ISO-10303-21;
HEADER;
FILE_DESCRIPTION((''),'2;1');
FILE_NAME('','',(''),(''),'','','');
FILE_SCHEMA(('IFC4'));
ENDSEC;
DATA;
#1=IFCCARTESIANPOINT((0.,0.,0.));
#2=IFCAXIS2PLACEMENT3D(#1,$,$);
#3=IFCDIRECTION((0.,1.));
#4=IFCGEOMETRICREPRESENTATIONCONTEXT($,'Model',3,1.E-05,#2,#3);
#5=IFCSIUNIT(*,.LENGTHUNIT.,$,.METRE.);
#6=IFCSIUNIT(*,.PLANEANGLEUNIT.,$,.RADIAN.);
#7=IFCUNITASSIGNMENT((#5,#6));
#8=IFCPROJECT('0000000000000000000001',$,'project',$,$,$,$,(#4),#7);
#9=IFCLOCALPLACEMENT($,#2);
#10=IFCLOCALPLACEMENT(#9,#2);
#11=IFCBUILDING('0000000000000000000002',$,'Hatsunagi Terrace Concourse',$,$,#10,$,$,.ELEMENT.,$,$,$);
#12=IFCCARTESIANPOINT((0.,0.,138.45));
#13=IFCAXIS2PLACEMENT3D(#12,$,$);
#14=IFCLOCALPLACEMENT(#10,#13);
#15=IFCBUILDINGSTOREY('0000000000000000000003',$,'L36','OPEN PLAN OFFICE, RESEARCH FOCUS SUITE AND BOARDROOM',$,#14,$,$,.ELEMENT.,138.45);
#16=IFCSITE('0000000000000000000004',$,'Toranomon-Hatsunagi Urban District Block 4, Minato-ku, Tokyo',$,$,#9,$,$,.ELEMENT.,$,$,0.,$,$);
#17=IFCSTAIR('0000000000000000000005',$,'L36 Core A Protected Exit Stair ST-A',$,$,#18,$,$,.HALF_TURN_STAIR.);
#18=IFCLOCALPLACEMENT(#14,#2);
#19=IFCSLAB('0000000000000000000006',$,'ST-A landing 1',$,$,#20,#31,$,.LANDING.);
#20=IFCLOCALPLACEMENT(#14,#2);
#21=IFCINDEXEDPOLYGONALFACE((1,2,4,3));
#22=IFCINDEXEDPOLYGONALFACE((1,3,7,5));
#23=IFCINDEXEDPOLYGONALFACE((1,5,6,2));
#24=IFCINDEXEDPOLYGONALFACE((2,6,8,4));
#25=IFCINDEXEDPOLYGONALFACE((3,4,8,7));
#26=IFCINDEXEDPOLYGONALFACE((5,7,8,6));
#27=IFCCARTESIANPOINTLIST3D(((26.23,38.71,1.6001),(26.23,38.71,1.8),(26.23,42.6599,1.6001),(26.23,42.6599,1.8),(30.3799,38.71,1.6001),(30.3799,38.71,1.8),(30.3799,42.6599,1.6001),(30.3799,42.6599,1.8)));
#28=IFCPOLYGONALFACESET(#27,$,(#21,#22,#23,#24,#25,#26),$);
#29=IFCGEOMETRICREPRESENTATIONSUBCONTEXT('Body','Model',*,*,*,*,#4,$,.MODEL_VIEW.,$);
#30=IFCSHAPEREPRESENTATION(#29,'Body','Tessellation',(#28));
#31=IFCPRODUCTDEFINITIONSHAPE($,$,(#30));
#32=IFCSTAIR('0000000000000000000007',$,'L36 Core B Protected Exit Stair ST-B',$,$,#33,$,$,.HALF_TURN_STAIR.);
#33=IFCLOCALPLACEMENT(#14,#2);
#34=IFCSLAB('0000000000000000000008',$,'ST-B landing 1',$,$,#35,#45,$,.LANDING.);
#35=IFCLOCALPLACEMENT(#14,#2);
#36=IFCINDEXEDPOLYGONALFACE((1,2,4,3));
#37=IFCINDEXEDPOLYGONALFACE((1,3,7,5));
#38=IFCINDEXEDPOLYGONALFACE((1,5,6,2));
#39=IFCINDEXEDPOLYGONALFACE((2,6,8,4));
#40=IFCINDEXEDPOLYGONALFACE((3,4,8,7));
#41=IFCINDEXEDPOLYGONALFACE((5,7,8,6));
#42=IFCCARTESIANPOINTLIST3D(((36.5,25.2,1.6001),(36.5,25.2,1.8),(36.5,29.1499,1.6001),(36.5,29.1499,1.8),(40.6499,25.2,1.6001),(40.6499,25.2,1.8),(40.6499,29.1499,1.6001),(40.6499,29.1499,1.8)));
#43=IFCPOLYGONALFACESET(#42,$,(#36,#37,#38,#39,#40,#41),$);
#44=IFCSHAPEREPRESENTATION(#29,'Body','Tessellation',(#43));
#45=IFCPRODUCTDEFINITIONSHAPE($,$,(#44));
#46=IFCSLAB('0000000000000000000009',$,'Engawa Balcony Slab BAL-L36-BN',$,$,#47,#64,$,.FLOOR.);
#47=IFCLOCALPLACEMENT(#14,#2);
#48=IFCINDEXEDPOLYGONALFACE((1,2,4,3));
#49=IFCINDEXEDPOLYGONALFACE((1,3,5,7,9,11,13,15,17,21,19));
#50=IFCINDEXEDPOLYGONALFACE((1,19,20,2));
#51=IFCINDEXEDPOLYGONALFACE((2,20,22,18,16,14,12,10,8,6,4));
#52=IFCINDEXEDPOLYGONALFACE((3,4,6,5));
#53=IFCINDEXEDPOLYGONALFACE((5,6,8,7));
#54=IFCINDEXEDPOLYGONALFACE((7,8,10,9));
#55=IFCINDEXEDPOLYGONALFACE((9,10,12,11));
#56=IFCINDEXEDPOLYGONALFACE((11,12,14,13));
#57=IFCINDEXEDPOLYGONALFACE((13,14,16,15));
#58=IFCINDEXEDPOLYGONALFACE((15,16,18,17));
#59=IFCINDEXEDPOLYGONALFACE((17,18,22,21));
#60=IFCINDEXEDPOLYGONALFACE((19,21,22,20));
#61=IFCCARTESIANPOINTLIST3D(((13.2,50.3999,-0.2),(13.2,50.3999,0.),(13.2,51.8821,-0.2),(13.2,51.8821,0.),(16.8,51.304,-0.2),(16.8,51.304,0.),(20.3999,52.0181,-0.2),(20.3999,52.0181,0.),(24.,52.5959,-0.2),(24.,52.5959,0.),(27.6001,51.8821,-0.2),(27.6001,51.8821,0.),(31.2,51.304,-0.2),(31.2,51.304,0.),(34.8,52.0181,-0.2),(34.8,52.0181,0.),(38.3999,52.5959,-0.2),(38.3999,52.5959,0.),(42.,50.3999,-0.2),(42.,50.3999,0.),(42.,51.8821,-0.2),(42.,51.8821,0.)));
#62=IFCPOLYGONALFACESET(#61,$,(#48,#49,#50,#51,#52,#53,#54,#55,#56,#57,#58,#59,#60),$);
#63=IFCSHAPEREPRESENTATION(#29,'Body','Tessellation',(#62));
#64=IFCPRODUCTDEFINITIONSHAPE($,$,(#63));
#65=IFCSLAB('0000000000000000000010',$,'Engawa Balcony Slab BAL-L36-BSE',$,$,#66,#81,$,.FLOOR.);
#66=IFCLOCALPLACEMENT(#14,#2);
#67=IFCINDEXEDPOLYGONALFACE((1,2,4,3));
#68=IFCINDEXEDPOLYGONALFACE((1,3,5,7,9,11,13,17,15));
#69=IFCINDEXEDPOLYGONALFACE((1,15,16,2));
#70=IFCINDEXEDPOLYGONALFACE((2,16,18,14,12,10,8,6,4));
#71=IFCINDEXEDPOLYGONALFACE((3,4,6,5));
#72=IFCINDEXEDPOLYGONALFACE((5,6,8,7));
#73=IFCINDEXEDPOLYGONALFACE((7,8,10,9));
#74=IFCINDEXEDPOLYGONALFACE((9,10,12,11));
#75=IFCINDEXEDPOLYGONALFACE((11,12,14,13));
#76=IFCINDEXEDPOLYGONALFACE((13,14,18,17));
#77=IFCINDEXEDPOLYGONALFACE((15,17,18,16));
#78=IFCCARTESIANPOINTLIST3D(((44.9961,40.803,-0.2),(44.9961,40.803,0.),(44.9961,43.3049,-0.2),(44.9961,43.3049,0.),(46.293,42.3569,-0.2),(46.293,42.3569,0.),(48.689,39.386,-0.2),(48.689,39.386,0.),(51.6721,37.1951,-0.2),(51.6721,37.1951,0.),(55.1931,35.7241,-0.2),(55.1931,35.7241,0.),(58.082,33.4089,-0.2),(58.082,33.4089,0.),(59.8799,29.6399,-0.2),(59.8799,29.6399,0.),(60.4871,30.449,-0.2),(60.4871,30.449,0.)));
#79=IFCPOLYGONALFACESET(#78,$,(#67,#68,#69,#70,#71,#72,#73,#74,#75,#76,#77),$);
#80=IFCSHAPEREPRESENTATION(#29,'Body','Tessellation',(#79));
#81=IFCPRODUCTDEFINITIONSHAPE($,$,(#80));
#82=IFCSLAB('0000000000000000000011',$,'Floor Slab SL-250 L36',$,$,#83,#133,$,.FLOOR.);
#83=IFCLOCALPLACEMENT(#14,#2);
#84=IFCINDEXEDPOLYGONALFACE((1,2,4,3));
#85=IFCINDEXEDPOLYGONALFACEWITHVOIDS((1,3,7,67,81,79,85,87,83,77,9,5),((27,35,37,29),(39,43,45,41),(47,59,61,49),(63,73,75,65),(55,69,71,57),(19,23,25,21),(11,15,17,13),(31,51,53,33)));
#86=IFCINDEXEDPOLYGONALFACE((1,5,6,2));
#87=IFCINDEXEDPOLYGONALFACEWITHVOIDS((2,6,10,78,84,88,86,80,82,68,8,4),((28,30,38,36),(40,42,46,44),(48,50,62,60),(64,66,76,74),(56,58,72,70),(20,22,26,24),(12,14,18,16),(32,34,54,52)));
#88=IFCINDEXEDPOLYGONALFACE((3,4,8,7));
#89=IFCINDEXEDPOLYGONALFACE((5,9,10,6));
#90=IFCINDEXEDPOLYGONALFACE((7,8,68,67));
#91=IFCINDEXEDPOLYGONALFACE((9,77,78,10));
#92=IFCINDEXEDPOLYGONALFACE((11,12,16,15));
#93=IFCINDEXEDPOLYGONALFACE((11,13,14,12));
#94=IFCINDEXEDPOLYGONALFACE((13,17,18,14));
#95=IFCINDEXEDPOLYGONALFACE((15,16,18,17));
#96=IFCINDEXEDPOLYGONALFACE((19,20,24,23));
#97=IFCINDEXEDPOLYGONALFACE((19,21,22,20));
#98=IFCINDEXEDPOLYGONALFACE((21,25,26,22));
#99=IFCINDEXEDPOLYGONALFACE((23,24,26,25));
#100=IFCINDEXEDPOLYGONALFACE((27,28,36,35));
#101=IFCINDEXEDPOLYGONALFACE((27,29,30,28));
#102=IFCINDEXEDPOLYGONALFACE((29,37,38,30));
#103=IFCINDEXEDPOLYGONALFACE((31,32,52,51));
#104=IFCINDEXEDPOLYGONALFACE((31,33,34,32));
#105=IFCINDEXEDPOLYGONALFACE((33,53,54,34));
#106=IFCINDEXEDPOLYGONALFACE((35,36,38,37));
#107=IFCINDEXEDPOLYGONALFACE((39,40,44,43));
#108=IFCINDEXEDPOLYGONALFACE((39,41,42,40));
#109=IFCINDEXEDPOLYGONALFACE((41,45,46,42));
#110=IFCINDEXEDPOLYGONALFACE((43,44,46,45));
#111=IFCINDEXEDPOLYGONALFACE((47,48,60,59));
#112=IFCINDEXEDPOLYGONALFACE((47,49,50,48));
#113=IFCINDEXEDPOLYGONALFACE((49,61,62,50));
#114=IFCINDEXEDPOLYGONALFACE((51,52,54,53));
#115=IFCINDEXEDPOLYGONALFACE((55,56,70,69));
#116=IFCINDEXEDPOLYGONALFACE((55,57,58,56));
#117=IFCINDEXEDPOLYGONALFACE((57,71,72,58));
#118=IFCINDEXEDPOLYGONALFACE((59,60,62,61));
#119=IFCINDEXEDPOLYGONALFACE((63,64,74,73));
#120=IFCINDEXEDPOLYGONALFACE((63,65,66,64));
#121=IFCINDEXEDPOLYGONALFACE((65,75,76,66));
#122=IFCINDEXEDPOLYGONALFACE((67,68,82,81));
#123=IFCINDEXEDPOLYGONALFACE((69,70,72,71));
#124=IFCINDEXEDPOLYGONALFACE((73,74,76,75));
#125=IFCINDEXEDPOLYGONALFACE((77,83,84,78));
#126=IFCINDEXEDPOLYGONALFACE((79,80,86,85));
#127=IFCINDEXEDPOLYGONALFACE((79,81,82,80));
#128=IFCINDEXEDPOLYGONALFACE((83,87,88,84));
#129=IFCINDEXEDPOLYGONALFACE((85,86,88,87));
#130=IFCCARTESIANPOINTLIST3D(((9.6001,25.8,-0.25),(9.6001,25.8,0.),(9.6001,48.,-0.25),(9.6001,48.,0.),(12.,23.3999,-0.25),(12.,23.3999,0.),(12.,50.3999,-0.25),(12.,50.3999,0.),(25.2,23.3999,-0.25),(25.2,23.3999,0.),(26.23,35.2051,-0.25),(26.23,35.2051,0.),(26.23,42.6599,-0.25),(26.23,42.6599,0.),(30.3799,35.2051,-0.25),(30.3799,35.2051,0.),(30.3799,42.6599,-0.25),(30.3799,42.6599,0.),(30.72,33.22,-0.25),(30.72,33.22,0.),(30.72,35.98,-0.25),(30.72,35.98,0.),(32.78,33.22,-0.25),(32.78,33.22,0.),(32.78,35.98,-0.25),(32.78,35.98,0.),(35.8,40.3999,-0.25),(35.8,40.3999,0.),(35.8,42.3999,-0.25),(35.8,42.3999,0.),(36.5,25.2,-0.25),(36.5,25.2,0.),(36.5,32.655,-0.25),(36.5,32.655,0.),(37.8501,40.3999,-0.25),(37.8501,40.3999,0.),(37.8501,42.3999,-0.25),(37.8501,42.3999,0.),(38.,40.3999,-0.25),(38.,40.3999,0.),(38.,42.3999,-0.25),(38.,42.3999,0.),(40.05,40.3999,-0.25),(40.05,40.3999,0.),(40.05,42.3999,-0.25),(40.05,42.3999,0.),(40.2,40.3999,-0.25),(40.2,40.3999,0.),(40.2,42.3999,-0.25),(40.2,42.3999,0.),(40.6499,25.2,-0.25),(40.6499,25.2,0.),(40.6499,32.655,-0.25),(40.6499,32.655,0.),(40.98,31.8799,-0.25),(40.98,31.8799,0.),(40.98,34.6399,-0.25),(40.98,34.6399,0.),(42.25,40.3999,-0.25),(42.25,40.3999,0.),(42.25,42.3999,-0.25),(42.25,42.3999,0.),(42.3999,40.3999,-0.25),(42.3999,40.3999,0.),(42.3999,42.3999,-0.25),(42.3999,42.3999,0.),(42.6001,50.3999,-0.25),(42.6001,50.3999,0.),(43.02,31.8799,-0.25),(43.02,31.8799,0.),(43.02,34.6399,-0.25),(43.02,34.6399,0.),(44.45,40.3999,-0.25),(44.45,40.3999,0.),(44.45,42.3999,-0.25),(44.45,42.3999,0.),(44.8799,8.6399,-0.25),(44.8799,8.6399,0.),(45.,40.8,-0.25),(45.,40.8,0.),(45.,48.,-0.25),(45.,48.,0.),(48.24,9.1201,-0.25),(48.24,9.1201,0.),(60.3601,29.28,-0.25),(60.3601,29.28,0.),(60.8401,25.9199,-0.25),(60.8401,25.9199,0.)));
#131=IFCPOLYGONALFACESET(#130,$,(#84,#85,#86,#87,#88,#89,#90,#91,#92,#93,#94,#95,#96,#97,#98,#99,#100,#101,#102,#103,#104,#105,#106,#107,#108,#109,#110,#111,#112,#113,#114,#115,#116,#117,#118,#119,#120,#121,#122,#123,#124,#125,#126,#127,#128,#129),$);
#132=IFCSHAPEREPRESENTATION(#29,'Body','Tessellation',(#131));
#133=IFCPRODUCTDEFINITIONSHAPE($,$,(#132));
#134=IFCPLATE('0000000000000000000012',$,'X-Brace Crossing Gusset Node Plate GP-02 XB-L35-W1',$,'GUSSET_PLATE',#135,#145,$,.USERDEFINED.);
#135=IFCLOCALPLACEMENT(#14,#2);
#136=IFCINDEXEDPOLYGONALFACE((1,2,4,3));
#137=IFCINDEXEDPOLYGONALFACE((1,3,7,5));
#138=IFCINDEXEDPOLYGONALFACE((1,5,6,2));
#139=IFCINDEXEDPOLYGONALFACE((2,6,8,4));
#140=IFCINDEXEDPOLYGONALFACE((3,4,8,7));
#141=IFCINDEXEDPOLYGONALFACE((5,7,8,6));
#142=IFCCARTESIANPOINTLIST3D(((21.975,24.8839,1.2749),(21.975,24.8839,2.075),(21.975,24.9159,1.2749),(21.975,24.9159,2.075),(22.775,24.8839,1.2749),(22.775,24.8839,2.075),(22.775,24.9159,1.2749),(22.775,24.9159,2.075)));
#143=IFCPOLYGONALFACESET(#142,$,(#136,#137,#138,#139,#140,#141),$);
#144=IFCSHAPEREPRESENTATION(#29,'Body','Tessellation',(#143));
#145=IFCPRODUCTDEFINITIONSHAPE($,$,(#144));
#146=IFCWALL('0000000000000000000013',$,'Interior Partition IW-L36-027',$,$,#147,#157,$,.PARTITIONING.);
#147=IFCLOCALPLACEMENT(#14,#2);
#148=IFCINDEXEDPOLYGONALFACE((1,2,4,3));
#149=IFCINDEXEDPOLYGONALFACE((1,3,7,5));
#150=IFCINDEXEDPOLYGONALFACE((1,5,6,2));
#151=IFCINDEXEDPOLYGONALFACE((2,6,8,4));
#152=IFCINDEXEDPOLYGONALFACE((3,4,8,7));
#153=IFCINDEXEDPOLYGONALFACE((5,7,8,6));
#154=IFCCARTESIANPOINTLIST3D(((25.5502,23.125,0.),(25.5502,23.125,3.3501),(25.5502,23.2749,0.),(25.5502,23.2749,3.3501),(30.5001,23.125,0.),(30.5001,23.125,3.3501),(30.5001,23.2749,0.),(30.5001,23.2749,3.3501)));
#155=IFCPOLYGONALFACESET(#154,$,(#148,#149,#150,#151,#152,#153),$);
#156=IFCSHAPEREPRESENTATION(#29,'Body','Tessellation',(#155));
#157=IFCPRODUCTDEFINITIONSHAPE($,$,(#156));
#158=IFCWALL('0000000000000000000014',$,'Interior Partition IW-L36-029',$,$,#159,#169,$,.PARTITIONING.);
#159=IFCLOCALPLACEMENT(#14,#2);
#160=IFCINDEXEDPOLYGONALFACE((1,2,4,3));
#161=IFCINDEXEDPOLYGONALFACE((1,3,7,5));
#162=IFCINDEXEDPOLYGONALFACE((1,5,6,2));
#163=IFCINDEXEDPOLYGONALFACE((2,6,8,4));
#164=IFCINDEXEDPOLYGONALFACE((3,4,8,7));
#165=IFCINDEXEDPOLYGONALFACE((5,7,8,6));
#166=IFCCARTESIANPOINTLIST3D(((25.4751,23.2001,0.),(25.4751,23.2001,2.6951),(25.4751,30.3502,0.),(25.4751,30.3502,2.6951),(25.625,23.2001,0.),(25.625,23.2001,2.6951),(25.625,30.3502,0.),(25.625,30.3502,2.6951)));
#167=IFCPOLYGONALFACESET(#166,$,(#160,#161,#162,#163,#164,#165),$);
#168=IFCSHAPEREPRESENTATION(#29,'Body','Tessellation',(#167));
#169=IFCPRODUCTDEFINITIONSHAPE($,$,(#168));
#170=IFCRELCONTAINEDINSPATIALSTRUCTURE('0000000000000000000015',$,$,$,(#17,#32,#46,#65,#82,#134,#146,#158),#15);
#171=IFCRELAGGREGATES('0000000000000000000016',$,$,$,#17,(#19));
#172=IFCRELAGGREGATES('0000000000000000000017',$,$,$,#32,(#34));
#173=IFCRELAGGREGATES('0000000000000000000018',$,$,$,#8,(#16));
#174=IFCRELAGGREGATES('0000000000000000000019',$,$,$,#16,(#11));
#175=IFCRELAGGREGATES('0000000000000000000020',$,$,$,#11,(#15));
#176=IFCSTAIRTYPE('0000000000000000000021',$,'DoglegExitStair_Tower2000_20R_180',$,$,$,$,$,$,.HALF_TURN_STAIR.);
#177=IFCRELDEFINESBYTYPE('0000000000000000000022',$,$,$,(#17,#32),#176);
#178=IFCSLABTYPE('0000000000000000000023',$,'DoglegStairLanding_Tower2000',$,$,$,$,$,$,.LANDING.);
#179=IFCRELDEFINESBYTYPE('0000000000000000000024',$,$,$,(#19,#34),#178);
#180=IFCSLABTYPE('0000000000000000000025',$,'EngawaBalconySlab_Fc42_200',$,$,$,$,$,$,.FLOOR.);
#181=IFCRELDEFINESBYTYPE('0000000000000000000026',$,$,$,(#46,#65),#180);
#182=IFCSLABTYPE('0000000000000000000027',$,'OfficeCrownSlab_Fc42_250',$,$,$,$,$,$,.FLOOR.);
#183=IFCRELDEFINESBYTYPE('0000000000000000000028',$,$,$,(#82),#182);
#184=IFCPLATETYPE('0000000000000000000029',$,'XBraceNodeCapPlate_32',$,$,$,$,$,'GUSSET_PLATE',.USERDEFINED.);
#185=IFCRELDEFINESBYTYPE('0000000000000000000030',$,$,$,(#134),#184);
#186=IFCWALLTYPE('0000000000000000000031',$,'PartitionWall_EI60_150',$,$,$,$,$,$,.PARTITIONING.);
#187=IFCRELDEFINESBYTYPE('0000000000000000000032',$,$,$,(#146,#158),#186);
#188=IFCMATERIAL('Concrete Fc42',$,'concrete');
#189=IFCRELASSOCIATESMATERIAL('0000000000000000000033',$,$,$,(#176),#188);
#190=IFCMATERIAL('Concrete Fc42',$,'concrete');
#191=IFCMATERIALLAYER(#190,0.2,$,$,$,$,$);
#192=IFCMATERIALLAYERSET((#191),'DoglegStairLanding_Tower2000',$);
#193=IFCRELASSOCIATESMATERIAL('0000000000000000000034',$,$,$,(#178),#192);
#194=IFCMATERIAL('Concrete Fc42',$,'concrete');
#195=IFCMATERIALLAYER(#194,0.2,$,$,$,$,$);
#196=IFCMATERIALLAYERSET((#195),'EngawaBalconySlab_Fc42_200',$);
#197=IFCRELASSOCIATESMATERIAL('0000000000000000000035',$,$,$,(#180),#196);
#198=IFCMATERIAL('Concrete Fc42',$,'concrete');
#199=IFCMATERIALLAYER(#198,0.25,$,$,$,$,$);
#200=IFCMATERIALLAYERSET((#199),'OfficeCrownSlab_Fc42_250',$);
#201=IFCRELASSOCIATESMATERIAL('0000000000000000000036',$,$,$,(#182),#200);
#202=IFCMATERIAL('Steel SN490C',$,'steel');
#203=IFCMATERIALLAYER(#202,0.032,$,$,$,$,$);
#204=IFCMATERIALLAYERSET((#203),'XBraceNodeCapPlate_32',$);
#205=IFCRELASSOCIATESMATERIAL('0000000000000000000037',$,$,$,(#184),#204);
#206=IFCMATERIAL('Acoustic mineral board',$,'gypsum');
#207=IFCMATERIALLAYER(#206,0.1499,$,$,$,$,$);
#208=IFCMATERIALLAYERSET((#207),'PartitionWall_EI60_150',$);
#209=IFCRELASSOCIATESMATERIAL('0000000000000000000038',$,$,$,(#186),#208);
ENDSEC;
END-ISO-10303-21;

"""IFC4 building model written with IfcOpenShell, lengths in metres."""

from ifc_helpers import new_model, si_unit, direction, frame, frame_2d, origin, origin_2d, place, context, subcontext, project, spatial, polyline, rectangle, outline, extrude, material, layer, layer_set, type_object, element, aggregate, save


model = new_model("IFC4")

# Units and contexts
model_context = context("Model", 3, precision=1e-05, world=origin(), true_north=direction((0.0, 1.0)))
body_context = subcontext(model_context, "Body", "Model", "MODEL_VIEW")
ifc_project = project(units=[si_unit("LENGTHUNIT", "METRE"), si_unit("PLANEANGLEUNIT", "RADIAN")], contexts=[model_context])

# Site, building, storey
site_placement = place(None, origin())
site = spatial("IfcSite", under=ifc_project, at=site_placement, Name="Toranomon-Hatsunagi Urban District Block 4, Minato-ku, Tokyo", CompositionType="ELEMENT", RefElevation=0.0)
building_placement = place(site_placement, origin())
building = spatial("IfcBuilding", under=site, at=building_placement, Name="Hatsunagi Terrace Concourse", CompositionType="ELEMENT")
storey_placement = place(building_placement, frame((0.0, 0.0, 138.45)))
storey = spatial("IfcBuildingStorey", under=building, at=storey_placement, Name="L36", Description="OPEN PLAN OFFICE, RESEARCH FOCUS SUITE AND BOARDROOM", CompositionType="ELEMENT", Elevation=138.45)

# Stairs, slabs
ifc_material_1 = material(Name="Concrete Fc42", Category="concrete")
stair_type = type_object("IfcStairType", Name="DoglegExitStair_Tower2000_20R_180", PredefinedType="HALF_TURN_STAIR", material=ifc_material_1)
stair_1_placement = place(storey_placement, origin())
stair_1 = element("IfcStair", 1, at=stair_1_placement, inside=storey, type_object=stair_type, Name="L36 Core A Protected Exit Stair ST-A", PredefinedType="HALF_TURN_STAIR")
ifc_material_2 = material(Name="Concrete Fc42", Category="concrete")
ifc_layer_1 = layer(ifc_material_2, 0.2)
ifc_layer_set_1 = layer_set([ifc_layer_1], Name="DoglegStairLanding_Tower2000")
slab_type_1 = type_object("IfcSlabType", Name="DoglegStairLanding_Tower2000", PredefinedType="LANDING", material=ifc_layer_set_1)
slab_1_placement = place(storey_placement, frame((0.0, 0.0, 1.6001)))
slab_1 = element("IfcSlab", 2, at=slab_1_placement, type_object=slab_type_1, Name="ST-A landing 1", PredefinedType="LANDING", context=body_context, shape_type="SweptSolid", body=[
    extrude(outline(polyline([(30.3799, 38.71), (30.3799, 42.6599), (26.23, 42.6599), (26.23, 38.71), (30.3799, 38.71)])), origin(), (0.0, 0.0, 1.0), 0.2),
])
aggregate(stair_1, [slab_1])
stair_2_placement = place(storey_placement, origin())
stair_2 = element("IfcStair", 3, at=stair_2_placement, inside=storey, type_object=stair_type, Name="L36 Core B Protected Exit Stair ST-B", PredefinedType="HALF_TURN_STAIR")
slab_2_placement = place(storey_placement, frame((0.0, 0.0, 1.6001)))
slab_2 = element("IfcSlab", 4, at=slab_2_placement, type_object=slab_type_1, Name="ST-B landing 1", PredefinedType="LANDING", context=body_context, shape_type="SweptSolid", body=[
    extrude(outline(polyline([(36.5, 29.1499), (36.5, 25.2), (40.6499, 25.2), (40.6499, 29.1499), (36.5, 29.1499)])), origin(), (0.0, 0.0, 1.0), 0.2),
])
aggregate(stair_2, [slab_2])

# Slabs
ifc_material_3 = material(Name="Concrete Fc42", Category="concrete")
ifc_layer_2 = layer(ifc_material_3, 0.2)
ifc_layer_set_2 = layer_set([ifc_layer_2], Name="EngawaBalconySlab_Fc42_200")
slab_type_2 = type_object("IfcSlabType", Name="EngawaBalconySlab_Fc42_200", PredefinedType="FLOOR", material=ifc_layer_set_2)
slab_3_placement = place(storey_placement, frame((0.0, 0.0, -0.2)))
element("IfcSlab", 5, at=slab_3_placement, inside=storey, type_object=slab_type_2, Name="Engawa Balcony Slab BAL-L36-BN", PredefinedType="FLOOR", context=body_context, shape_type="SweptSolid", body=[
    extrude(outline(polyline([(13.2, 51.8821), (13.2, 50.3999), (42.0, 50.3999), (42.0, 51.8821), (38.3999, 52.5959), (34.8, 52.0181), (31.2, 51.304), (27.6001, 51.8821), (24.0, 52.5959), (20.3999, 52.0181), (16.8, 51.304), (13.2, 51.8821)])), origin(), (0.0, 0.0, 1.0), 0.2),
])
slab_4_placement = place(storey_placement, frame((0.0, 0.0, -0.2)))
element("IfcSlab", 6, at=slab_4_placement, inside=storey, type_object=slab_type_2, Name="Engawa Balcony Slab BAL-L36-BSE", PredefinedType="FLOOR", context=body_context, shape_type="SweptSolid", body=[
    extrude(outline(polyline([(46.293, 42.3569), (44.9961, 43.3049), (44.9961, 40.803), (59.8799, 29.6399), (60.4871, 30.449), (58.082, 33.4089), (55.1931, 35.7241), (51.6721, 37.1951), (48.689, 39.386), (46.293, 42.3569)])), origin(), (0.0, 0.0, 1.0), 0.2),
])
ifc_material_4 = material(Name="Concrete Fc42", Category="concrete")
ifc_layer_3 = layer(ifc_material_4, 0.25)
ifc_layer_set_3 = layer_set([ifc_layer_3], Name="OfficeCrownSlab_Fc42_250")
slab_type_3 = type_object("IfcSlabType", Name="OfficeCrownSlab_Fc42_250", PredefinedType="FLOOR", material=ifc_layer_set_3)
slab_5_placement = place(storey_placement, frame((0.0, 0.0, -0.25)))
element("IfcSlab", 7, at=slab_5_placement, inside=storey, type_object=slab_type_3, Name="Floor Slab SL-250 L36", PredefinedType="FLOOR", context=body_context, shape_type="SweptSolid", body=[
    extrude(outline(polyline([(45.0, 40.8), (45.0, 48.0), (42.6001, 50.3999), (12.0, 50.3999), (9.6001, 48.0), (9.6001, 25.8), (12.0, 23.3999), (25.2, 23.3999), (44.8799, 8.6399), (48.24, 9.1201), (60.8401, 25.9199), (60.3601, 29.28), (45.0, 40.8)]), holes=[polyline([(26.23, 35.2051), (30.3799, 35.2051), (30.3799, 42.6599), (26.23, 42.6599), (26.23, 35.2051)]), polyline([(36.5, 25.2), (40.6499, 25.2), (40.6499, 32.655), (36.5, 32.655), (36.5, 25.2)]), polyline([(30.72, 33.22), (32.78, 33.22), (32.78, 35.98), (30.72, 35.98), (30.72, 33.22)]), polyline([(40.98, 31.8799), (43.02, 31.8799), (43.02, 34.6399), (40.98, 34.6399), (40.98, 31.8799)]), polyline([(35.8, 40.3999), (37.8501, 40.3999), (37.8501, 42.3999), (35.8, 42.3999), (35.8, 40.3999)]), polyline([(38.0, 40.3999), (40.05, 40.3999), (40.05, 42.3999), (38.0, 42.3999), (38.0, 40.3999)]), polyline([(40.2, 40.3999), (42.25, 40.3999), (42.25, 42.3999), (40.2, 42.3999), (40.2, 40.3999)]), polyline([(42.3999, 40.3999), (44.45, 40.3999), (44.45, 42.3999), (42.3999, 42.3999), (42.3999, 40.3999)])]), origin(), (0.0, 0.0, 1.0), 0.25),
])

# Plate
ifc_material_5 = material(Name="Steel SN490C", Category="steel")
ifc_layer_4 = layer(ifc_material_5, 0.032)
ifc_layer_set_4 = layer_set([ifc_layer_4], Name="XBraceNodeCapPlate_32")
plate_type_1 = type_object("IfcPlateType", Name="XBraceNodeCapPlate_32", ElementType="GUSSET_PLATE", PredefinedType="USERDEFINED", material=ifc_layer_set_4)
plate_1_placement = place(storey_placement, frame((22.375, 24.8999, 1.2749), z_axis=(0.0, 0.0, 1.0), x_axis=(1.0, 0.0, 0.0)))
element("IfcPlate", 8, at=plate_1_placement, inside=storey, type_object=plate_type_1, Name="X-Brace Crossing Gusset Node Plate GP-02 XB-L35-W1", ObjectType="GUSSET_PLATE", PredefinedType="USERDEFINED", context=body_context, shape_type="SweptSolid", body=[
    extrude(rectangle(XDim=0.8, YDim=0.032, at=origin_2d()), origin(), (0.0, 0.0, 1.0), 0.8),
])

# Walls
ifc_material_6 = material(Name="Acoustic mineral board", Category="gypsum")
ifc_layer_5 = layer(ifc_material_6, 0.1499)
ifc_layer_set_5 = layer_set([ifc_layer_5], Name="PartitionWall_EI60_150")
wall_type_1 = type_object("IfcWallType", Name="PartitionWall_EI60_150", PredefinedType="PARTITIONING", material=ifc_layer_set_5)
wall_1_placement = place(storey_placement, frame((25.55, 23.2, 0.0), z_axis=(0.0, 0.0, 1.0), x_axis=(1.0, 0.0, 0.0)))
element("IfcWall", 9, at=wall_1_placement, inside=storey, type_object=wall_type_1, Name="Interior Partition IW-L36-027", PredefinedType="PARTITIONING", context=body_context, shape_type="SweptSolid", body=[
    extrude(rectangle(XDim=4.95, YDim=0.1499, at=frame_2d((2.4751, 0.0))), origin(), (0.0, 0.0, 1.0), 3.3501),
])
wall_2_placement = place(storey_placement, frame((25.55, 23.2, 0.0), z_axis=(0.0, 0.0, 1.0), x_axis=(0.0, 1.0, 0.0)))
element("IfcWall", 10, at=wall_2_placement, inside=storey, type_object=wall_type_1, Name="Interior Partition IW-L36-029", PredefinedType="PARTITIONING", context=body_context, shape_type="SweptSolid", body=[
    extrude(rectangle(XDim=7.1501, YDim=0.1499, at=frame_2d((3.5752, 0.0))), origin(), (0.0, 0.0, 1.0), 2.6951),
])

save(model, "model.ifc")
